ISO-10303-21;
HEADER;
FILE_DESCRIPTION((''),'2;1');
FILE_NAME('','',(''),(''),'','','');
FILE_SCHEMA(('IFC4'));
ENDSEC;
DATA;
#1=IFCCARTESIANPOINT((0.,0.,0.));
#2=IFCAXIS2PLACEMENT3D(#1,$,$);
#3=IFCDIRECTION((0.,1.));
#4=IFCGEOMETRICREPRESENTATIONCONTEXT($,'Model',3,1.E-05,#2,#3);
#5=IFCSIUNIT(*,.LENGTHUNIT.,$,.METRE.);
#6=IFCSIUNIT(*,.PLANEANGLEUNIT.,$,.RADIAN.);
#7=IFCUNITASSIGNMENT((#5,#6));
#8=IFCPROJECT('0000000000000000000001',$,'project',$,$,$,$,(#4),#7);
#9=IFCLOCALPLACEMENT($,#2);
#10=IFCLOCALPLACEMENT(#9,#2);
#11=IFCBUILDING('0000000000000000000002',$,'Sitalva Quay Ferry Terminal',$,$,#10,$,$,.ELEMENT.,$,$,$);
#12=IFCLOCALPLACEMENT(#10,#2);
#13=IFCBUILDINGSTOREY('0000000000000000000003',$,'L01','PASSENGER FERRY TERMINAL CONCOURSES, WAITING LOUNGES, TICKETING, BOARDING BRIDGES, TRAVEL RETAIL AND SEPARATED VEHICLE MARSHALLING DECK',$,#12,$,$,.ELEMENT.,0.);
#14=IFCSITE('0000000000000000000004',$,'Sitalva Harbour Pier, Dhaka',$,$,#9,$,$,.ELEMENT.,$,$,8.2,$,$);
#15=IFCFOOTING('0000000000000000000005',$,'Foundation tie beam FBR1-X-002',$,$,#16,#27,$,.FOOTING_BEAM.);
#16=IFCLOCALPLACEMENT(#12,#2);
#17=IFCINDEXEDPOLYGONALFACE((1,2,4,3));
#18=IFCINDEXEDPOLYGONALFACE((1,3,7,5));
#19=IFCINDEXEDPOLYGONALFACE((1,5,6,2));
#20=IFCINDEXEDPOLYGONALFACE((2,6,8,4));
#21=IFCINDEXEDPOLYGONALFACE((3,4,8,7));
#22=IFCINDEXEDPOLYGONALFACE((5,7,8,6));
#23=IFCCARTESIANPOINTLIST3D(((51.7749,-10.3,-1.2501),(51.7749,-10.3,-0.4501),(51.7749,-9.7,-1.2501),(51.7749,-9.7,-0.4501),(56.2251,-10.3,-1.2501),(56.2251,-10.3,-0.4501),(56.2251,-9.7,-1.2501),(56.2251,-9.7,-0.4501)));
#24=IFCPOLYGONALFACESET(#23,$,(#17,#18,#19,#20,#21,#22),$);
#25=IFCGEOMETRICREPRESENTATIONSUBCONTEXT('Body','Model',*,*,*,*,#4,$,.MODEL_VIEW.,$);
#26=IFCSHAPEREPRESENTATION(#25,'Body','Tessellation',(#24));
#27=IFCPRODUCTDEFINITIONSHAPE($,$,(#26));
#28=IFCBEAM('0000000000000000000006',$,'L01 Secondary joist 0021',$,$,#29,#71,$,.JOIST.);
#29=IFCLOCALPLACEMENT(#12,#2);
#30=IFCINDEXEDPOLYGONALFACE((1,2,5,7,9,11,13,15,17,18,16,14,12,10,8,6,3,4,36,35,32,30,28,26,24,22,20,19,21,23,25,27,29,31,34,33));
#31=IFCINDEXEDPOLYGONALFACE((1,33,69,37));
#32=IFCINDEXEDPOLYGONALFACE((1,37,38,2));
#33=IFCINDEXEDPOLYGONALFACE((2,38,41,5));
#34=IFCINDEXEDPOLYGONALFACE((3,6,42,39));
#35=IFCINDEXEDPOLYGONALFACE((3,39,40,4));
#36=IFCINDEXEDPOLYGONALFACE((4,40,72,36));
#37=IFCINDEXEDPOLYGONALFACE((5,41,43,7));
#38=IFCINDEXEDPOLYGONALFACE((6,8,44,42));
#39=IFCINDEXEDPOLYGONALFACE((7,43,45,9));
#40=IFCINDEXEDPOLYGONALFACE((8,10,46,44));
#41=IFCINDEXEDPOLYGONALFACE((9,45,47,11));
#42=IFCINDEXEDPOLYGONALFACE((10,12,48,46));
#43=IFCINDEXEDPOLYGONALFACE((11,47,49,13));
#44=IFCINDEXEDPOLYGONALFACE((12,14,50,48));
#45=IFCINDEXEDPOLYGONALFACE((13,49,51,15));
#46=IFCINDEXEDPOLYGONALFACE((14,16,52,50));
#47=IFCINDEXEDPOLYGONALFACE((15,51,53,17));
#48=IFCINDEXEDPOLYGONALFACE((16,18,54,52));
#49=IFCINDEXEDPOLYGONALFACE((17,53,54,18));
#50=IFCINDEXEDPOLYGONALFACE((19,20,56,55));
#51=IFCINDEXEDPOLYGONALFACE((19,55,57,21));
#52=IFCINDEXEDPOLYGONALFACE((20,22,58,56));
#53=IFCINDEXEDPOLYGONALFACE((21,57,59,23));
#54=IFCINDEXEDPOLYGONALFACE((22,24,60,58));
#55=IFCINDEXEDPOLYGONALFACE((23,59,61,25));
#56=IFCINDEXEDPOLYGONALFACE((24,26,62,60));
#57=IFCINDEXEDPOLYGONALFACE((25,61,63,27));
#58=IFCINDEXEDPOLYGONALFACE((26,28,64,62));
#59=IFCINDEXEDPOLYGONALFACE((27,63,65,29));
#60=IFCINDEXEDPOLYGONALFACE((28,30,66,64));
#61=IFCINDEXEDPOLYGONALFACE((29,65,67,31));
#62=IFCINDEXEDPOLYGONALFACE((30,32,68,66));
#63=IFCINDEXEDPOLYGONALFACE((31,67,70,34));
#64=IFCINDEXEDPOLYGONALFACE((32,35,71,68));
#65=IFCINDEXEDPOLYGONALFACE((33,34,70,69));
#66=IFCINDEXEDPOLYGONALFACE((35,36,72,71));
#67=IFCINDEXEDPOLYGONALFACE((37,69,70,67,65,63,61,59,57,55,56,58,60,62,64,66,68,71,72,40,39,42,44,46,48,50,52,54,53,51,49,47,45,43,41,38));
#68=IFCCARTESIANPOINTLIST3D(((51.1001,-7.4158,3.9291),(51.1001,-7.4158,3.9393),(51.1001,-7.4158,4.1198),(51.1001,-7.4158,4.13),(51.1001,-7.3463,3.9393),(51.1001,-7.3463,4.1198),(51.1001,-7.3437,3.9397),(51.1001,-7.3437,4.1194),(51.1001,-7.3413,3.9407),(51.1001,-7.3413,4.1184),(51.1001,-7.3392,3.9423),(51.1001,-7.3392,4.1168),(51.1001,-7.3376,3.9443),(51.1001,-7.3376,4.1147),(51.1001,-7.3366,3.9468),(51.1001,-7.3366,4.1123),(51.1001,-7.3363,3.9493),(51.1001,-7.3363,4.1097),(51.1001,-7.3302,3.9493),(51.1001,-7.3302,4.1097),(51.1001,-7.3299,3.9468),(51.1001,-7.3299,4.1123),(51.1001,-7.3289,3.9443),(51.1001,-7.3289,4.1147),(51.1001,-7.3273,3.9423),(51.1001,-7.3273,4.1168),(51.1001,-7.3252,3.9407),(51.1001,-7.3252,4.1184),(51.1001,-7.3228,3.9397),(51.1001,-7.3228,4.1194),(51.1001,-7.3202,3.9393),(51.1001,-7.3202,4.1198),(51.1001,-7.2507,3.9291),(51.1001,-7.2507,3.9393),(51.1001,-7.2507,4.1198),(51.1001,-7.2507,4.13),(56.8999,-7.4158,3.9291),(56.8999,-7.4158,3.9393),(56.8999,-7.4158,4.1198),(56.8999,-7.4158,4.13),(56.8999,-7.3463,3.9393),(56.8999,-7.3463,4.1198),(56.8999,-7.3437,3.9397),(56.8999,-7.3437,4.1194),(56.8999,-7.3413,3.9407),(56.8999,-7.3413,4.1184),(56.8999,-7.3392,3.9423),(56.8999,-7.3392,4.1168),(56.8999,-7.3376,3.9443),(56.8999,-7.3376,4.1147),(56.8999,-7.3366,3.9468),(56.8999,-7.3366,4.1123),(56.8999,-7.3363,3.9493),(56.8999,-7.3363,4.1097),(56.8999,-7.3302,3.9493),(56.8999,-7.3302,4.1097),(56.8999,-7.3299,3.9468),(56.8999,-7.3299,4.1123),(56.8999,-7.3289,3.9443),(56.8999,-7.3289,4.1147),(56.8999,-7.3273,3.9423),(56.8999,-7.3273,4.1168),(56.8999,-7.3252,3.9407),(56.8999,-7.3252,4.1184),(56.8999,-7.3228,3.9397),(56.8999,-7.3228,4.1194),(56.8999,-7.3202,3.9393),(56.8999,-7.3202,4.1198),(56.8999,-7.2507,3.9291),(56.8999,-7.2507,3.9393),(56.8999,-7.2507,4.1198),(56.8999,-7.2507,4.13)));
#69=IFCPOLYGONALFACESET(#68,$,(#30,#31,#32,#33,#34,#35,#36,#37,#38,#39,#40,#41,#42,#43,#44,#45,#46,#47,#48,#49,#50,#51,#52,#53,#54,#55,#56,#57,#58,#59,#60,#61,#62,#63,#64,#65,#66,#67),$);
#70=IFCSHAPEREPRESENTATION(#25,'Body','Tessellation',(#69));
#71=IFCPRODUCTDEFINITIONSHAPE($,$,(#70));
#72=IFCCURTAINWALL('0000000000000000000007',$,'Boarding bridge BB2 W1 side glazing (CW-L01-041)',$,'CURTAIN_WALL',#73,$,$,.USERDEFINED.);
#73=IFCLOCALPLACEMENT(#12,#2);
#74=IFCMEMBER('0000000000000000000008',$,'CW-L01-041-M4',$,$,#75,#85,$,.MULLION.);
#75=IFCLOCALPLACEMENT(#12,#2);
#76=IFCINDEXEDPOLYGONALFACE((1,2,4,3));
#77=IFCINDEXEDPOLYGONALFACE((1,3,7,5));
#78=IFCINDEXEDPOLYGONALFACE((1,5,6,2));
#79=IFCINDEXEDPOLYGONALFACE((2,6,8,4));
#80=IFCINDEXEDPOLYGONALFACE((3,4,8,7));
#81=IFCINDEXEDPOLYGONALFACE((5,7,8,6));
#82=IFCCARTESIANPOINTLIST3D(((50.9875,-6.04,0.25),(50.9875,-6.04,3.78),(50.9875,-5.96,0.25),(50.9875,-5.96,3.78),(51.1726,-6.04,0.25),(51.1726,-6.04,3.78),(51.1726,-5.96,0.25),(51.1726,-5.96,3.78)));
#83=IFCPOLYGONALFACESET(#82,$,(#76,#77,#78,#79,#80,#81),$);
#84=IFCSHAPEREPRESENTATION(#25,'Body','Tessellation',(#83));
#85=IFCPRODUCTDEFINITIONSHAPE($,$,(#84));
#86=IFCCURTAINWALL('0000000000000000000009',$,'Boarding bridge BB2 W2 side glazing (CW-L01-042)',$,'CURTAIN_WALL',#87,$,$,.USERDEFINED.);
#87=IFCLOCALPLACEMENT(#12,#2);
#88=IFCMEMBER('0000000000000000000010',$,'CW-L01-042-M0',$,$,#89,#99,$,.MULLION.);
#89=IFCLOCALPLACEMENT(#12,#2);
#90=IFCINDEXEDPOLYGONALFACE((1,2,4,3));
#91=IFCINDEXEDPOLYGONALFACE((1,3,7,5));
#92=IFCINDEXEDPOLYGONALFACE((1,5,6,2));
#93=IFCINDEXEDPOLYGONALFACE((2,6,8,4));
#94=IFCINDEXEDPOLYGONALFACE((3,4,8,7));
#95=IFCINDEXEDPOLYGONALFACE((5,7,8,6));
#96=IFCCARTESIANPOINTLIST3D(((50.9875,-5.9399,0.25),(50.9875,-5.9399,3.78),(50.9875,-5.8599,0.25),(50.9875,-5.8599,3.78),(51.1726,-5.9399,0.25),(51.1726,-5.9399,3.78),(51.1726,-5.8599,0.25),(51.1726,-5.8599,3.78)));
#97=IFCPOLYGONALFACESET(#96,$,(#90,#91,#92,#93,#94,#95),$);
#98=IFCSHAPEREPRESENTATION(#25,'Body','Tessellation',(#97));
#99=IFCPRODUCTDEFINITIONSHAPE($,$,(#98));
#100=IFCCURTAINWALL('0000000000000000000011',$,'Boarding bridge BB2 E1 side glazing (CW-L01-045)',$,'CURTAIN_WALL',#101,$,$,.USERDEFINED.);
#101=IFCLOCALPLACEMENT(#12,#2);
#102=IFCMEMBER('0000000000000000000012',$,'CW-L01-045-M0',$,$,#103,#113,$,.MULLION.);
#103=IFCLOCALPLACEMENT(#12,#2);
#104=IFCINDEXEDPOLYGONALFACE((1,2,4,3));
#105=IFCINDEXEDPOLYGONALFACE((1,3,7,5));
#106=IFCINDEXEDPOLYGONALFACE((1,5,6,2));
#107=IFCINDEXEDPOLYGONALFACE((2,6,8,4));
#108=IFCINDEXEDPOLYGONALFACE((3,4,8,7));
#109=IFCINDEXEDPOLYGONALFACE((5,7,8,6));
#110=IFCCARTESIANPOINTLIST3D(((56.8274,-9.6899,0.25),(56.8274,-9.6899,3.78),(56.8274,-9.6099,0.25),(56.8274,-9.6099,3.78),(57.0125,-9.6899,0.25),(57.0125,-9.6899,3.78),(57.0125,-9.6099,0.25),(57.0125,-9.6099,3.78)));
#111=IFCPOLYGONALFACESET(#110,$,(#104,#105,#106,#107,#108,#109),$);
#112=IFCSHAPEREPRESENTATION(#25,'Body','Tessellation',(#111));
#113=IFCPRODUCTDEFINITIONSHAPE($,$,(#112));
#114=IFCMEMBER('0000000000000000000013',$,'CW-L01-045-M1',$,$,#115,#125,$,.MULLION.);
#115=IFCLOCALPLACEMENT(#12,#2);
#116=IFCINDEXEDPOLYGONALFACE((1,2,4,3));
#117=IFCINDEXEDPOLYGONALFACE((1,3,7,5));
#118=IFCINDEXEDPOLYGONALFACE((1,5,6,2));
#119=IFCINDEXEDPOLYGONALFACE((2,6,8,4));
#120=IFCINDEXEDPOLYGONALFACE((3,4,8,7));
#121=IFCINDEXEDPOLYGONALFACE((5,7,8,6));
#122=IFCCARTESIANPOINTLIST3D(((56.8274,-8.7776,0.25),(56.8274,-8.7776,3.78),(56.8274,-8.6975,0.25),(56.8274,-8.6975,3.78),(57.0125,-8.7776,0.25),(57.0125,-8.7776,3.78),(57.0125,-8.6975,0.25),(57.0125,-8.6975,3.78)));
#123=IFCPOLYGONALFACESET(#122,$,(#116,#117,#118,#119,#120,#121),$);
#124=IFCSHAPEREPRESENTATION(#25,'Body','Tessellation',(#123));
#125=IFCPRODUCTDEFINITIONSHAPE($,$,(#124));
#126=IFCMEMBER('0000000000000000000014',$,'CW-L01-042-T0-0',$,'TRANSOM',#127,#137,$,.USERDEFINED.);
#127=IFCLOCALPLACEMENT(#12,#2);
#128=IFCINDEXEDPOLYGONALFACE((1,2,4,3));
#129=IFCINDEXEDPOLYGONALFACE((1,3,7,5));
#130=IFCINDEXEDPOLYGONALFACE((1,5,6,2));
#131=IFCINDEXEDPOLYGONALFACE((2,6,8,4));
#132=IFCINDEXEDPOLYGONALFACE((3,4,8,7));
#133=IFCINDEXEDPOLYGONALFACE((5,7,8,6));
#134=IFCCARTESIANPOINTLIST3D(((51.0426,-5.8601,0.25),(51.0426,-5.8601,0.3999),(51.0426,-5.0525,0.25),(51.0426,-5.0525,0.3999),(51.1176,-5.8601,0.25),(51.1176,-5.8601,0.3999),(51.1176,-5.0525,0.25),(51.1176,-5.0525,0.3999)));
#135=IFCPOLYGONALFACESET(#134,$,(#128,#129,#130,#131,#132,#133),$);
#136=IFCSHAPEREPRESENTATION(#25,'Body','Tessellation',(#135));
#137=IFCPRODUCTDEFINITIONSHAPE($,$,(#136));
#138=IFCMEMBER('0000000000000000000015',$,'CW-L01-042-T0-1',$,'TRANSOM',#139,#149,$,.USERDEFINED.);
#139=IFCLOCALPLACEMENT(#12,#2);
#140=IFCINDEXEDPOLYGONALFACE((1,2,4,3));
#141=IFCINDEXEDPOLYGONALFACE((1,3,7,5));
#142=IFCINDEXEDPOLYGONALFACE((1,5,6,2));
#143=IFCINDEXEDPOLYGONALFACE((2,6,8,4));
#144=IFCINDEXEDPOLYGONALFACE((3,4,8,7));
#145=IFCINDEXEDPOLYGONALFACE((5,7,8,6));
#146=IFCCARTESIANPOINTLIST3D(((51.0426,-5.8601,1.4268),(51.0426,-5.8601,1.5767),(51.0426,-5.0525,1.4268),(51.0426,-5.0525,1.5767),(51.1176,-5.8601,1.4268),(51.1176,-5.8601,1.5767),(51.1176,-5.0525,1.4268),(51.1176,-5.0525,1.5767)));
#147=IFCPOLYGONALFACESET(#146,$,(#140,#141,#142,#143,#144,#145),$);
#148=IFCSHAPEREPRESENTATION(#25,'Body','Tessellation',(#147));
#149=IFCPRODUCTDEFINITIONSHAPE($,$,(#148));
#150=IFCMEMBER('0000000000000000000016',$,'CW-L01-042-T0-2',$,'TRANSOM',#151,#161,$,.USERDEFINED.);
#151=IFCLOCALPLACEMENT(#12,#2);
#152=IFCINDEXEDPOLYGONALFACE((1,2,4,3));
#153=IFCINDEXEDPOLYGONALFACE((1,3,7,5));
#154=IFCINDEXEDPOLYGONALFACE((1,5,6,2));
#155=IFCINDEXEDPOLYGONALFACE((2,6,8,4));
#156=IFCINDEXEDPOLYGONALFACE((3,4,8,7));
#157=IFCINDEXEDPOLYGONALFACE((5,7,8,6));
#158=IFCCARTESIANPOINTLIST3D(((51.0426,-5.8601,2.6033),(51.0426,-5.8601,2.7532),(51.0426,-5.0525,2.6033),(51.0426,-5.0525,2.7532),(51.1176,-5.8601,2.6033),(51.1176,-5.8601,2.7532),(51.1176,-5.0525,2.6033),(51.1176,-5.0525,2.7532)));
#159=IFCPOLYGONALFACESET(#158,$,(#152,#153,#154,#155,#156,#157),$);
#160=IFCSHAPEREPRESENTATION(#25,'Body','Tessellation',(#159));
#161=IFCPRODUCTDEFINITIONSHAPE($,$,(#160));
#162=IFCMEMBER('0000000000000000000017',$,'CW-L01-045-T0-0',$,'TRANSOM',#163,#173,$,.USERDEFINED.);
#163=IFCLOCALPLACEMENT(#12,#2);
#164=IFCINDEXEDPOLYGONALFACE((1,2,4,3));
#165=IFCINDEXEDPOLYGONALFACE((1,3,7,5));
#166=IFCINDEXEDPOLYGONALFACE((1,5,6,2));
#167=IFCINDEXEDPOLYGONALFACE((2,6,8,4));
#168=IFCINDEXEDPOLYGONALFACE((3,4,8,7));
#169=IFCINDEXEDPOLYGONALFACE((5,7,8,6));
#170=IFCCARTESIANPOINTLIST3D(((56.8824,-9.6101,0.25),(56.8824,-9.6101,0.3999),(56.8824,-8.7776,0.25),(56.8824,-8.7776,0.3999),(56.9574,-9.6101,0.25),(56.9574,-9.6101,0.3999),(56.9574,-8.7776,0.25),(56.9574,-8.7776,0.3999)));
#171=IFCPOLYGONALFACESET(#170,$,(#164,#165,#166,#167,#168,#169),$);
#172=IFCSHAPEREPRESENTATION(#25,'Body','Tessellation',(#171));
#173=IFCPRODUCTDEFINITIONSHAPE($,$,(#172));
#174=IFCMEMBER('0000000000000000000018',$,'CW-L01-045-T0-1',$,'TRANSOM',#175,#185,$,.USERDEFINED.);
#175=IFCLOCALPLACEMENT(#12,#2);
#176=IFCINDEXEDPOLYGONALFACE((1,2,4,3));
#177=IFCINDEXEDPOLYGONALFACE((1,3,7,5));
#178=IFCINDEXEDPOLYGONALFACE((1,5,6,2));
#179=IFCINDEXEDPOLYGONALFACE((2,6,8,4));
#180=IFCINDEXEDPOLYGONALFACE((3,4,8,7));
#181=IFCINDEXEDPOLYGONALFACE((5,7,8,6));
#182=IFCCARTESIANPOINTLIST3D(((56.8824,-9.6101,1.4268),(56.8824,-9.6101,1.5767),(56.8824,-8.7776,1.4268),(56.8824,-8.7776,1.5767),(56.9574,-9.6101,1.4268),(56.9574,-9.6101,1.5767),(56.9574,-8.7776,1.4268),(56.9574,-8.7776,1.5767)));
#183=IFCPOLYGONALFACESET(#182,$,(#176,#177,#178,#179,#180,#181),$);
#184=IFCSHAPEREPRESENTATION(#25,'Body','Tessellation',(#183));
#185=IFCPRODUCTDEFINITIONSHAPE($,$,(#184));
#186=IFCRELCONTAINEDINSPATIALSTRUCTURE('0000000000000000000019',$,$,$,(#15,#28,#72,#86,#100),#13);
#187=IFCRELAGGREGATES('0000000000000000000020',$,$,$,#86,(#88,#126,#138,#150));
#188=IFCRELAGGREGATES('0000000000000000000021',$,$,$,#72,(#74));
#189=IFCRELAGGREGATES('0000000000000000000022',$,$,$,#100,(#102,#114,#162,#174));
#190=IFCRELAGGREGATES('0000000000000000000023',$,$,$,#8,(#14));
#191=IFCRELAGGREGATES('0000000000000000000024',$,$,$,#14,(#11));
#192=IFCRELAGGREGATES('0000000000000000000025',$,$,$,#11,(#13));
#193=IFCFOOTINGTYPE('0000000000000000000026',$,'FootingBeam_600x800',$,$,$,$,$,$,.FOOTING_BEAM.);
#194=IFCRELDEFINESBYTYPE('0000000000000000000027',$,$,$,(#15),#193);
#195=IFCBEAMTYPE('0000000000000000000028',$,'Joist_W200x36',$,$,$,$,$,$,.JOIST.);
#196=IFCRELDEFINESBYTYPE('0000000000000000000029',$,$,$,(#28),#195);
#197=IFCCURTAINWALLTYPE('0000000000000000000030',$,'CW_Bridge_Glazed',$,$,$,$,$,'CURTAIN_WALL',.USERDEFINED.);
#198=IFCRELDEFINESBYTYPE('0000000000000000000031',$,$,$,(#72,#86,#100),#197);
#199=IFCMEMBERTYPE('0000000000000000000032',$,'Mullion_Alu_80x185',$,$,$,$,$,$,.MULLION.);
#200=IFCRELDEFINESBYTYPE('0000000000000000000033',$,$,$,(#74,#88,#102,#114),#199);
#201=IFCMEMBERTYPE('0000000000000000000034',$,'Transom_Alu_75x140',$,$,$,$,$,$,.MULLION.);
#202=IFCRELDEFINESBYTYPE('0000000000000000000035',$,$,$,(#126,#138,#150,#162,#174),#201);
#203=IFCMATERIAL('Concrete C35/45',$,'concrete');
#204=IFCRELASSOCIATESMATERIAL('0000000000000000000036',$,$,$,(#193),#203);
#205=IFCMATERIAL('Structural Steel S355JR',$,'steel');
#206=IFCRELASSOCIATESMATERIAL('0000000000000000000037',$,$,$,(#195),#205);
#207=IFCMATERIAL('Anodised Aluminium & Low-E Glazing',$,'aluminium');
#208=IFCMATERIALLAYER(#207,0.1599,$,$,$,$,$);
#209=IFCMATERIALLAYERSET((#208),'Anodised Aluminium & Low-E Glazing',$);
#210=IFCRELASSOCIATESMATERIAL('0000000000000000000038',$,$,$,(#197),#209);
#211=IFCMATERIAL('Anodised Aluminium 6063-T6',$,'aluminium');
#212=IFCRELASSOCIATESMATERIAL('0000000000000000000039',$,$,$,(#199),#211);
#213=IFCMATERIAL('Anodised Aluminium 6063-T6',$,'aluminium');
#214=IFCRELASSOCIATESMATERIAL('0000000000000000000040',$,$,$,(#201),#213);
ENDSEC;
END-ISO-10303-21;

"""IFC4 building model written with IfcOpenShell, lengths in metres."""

from ifc_helpers import new_model, si_unit, direction, frame, origin, origin_2d, place, context, subcontext, project, spatial, rectangle, i_section, extrude, material, layer, layer_set, material_profile, profile_set, type_object, element, aggregate, save


model = new_model("IFC4")

# Units and contexts
model_context = context("Model", 3, precision=1e-05, world=origin(), true_north=direction((0.0, 1.0)))
body_context = subcontext(model_context, "Body", "Model", "MODEL_VIEW")
ifc_project = project(units=[si_unit("LENGTHUNIT", "METRE"), si_unit("PLANEANGLEUNIT", "RADIAN")], contexts=[model_context])

# Site, building, storey
site_placement = place(None, origin())
site = spatial("IfcSite", under=ifc_project, at=site_placement, Name="Sitalva Harbour Pier, Dhaka", CompositionType="ELEMENT", RefElevation=8.2)
building_placement = place(site_placement, origin())
building = spatial("IfcBuilding", under=site, at=building_placement, Name="Sitalva Quay Ferry Terminal", CompositionType="ELEMENT")
storey_placement = place(building_placement, origin())
storey = spatial("IfcBuildingStorey", under=building, at=storey_placement, Name="L01", Description="PASSENGER FERRY TERMINAL CONCOURSES, WAITING LOUNGES, TICKETING, BOARDING BRIDGES, TRAVEL RETAIL AND SEPARATED VEHICLE MARSHALLING DECK", CompositionType="ELEMENT", Elevation=0.0)

# Footing
ifc_material_1 = material(Name="Concrete C35/45", Category="concrete")
ifc_material_profile_1 = material_profile(ifc_material_1, rectangle(XDim=0.6001, YDim=0.8, at=origin_2d()), Name="RC600x800")
ifc_profile_set_1 = profile_set([ifc_material_profile_1], Name="Concrete C35/45")
footing_type = type_object("IfcFootingType", Name="FootingBeam_600x800", PredefinedType="FOOTING_BEAM", material=ifc_profile_set_1)
footing_placement = place(storey_placement, frame((51.7749, -10.0, -0.8501), z_axis=(1.0, 0.0, 0.0), x_axis=(0.0, 1.0, 0.0)))
element("IfcFooting", 1, at=footing_placement, inside=storey, type_object=footing_type, Name="Foundation tie beam FBR1-X-002", PredefinedType="FOOTING_BEAM", context=body_context, shape_type="SweptSolid", body=[
    extrude(rectangle(XDim=0.6001, YDim=0.8, at=origin_2d()), origin(), (0.0, 0.0, 1.0), 4.4502),
])

# Beam
ifc_material_2 = material(Name="Structural Steel S355JR", Category="steel")
ifc_material_profile_2 = material_profile(ifc_material_2, i_section(OverallWidth=0.165, OverallDepth=0.2009, WebThickness=0.0061, FlangeThickness=0.0103, FilletRadius=0.01, at=origin_2d()), Name="W200x36")
ifc_profile_set_2 = profile_set([ifc_material_profile_2], Name="Structural Steel S355JR")
beam_type = type_object("IfcBeamType", Name="Joist_W200x36", PredefinedType="JOIST", material=ifc_profile_set_2)
beam_placement = place(storey_placement, frame((51.1001, -7.3333, 4.0295), z_axis=(1.0, 0.0, 0.0), x_axis=(0.0, 1.0, 0.0)))
element("IfcBeam", 2, at=beam_placement, inside=storey, type_object=beam_type, Name="L01 Secondary joist 0021", PredefinedType="JOIST", context=body_context, shape_type="SweptSolid", body=[
    extrude(i_section(OverallWidth=0.165, OverallDepth=0.2009, WebThickness=0.0061, FlangeThickness=0.0103, FilletRadius=0.01, at=origin_2d()), origin(), (0.0, 0.0, 1.0), 5.7998),
])

# Curtain walls, members
ifc_material_3 = material(Name="Anodised Aluminium & Low-E Glazing", Category="aluminium")
ifc_layer_1 = layer(ifc_material_3, 0.1599)
ifc_layer_set_1 = layer_set([ifc_layer_1], Name="Anodised Aluminium & Low-E Glazing")
curtain_wall_type = type_object("IfcCurtainWallType", Name="CW_Bridge_Glazed", ElementType="CURTAIN_WALL", PredefinedType="USERDEFINED", material=ifc_layer_set_1)
curtain_wall_1_placement = place(storey_placement, origin())
curtain_wall_1 = element("IfcCurtainWall", 3, at=curtain_wall_1_placement, inside=storey, type_object=curtain_wall_type, Name="Boarding bridge BB2 W1 side glazing (CW-L01-041)", ObjectType="CURTAIN_WALL", PredefinedType="USERDEFINED")
ifc_material_4 = material(Name="Anodised Aluminium 6063-T6", Category="aluminium")
ifc_material_profile_3 = material_profile(ifc_material_4, rectangle(XDim=0.0801, YDim=0.1851, at=origin_2d()), Name="ALU80x185")
ifc_profile_set_3 = profile_set([ifc_material_profile_3], Name="Anodised Aluminium 6063-T6")
member_type_1 = type_object("IfcMemberType", Name="Mullion_Alu_80x185", PredefinedType="MULLION", material=ifc_profile_set_3)
member_1_placement = place(storey_placement, frame((51.0801, -6.0, 0.25), z_axis=(0.0, 0.0, 1.0), x_axis=(0.0, 1.0, 0.0)))
member_1 = element("IfcMember", 4, at=member_1_placement, type_object=member_type_1, Name="CW-L01-041-M4", PredefinedType="MULLION", context=body_context, shape_type="SweptSolid", body=[
    extrude(rectangle(XDim=0.0801, YDim=0.1851, at=origin_2d()), origin(), (0.0, 0.0, 1.0), 3.53),
])
curtain_wall_2_placement = place(storey_placement, origin())
curtain_wall_2 = element("IfcCurtainWall", 5, at=curtain_wall_2_placement, inside=storey, type_object=curtain_wall_type, Name="Boarding bridge BB2 W2 side glazing (CW-L01-042)", ObjectType="CURTAIN_WALL", PredefinedType="USERDEFINED")
member_2_placement = place(storey_placement, frame((51.0801, -5.8999, 0.25), z_axis=(0.0, 0.0, 1.0), x_axis=(0.0, 1.0, 0.0)))
member_2 = element("IfcMember", 6, at=member_2_placement, type_object=member_type_1, Name="CW-L01-042-M0", PredefinedType="MULLION", context=body_context, shape_type="SweptSolid", body=[
    extrude(rectangle(XDim=0.0801, YDim=0.1851, at=origin_2d()), origin(), (0.0, 0.0, 1.0), 3.53),
])

# Curtain wall, members
curtain_wall_3_placement = place(storey_placement, origin())
curtain_wall_3 = element("IfcCurtainWall", 7, at=curtain_wall_3_placement, inside=storey, type_object=curtain_wall_type, Name="Boarding bridge BB2 E1 side glazing (CW-L01-045)", ObjectType="CURTAIN_WALL", PredefinedType="USERDEFINED")
member_3_placement = place(storey_placement, frame((56.9199, -9.6499, 0.25), z_axis=(0.0, 0.0, 1.0), x_axis=(0.0, 1.0, 0.0)))
member_3 = element("IfcMember", 8, at=member_3_placement, type_object=member_type_1, Name="CW-L01-045-M0", PredefinedType="MULLION", context=body_context, shape_type="SweptSolid", body=[
    extrude(rectangle(XDim=0.0801, YDim=0.1851, at=origin_2d()), origin(), (0.0, 0.0, 1.0), 3.53),
])
member_4_placement = place(storey_placement, frame((56.9199, -8.7375, 0.25), z_axis=(0.0, 0.0, 1.0), x_axis=(0.0, 1.0, 0.0)))
member_4 = element("IfcMember", 9, at=member_4_placement, type_object=member_type_1, Name="CW-L01-045-M1", PredefinedType="MULLION", context=body_context, shape_type="SweptSolid", body=[
    extrude(rectangle(XDim=0.0801, YDim=0.1851, at=origin_2d()), origin(), (0.0, 0.0, 1.0), 3.53),
])

# Members
ifc_material_5 = material(Name="Anodised Aluminium 6063-T6", Category="aluminium")
ifc_material_profile_4 = material_profile(ifc_material_5, rectangle(XDim=0.075, YDim=0.1499, at=origin_2d()), Name="ALU75x150")
ifc_profile_set_4 = profile_set([ifc_material_profile_4], Name="Anodised Aluminium 6063-T6")
member_type_2 = type_object("IfcMemberType", Name="Transom_Alu_75x140", PredefinedType="MULLION", material=ifc_profile_set_4)
member_5_placement = place(storey_placement, frame((51.0801, -5.8601, 0.325), z_axis=(0.0, 1.0, 0.0), x_axis=(-1.0, 0.0, 0.0)))
member_5 = element("IfcMember", 10, at=member_5_placement, type_object=member_type_2, Name="CW-L01-042-T0-0", ObjectType="TRANSOM", PredefinedType="USERDEFINED", context=body_context, shape_type="SweptSolid", body=[
    extrude(rectangle(XDim=0.075, YDim=0.1499, at=origin_2d()), origin(), (0.0, 0.0, 1.0), 0.8076),
])
member_6_placement = place(storey_placement, frame((51.0801, -5.8601, 1.5017), z_axis=(0.0, 1.0, 0.0), x_axis=(-1.0, 0.0, 0.0)))
member_6 = element("IfcMember", 11, at=member_6_placement, type_object=member_type_2, Name="CW-L01-042-T0-1", ObjectType="TRANSOM", PredefinedType="USERDEFINED", context=body_context, shape_type="SweptSolid", body=[
    extrude(rectangle(XDim=0.075, YDim=0.1499, at=origin_2d()), origin(), (0.0, 0.0, 1.0), 0.8076),
])
member_7_placement = place(storey_placement, frame((51.0801, -5.8601, 2.6782), z_axis=(0.0, 1.0, 0.0), x_axis=(-1.0, 0.0, 0.0)))
member_7 = element("IfcMember", 12, at=member_7_placement, type_object=member_type_2, Name="CW-L01-042-T0-2", ObjectType="TRANSOM", PredefinedType="USERDEFINED", context=body_context, shape_type="SweptSolid", body=[
    extrude(rectangle(XDim=0.075, YDim=0.1499, at=origin_2d()), origin(), (0.0, 0.0, 1.0), 0.8076),
])
aggregate(curtain_wall_2, [member_2, member_5, member_6, member_7])
member_8_placement = place(storey_placement, frame((56.9199, -9.6101, 0.325), z_axis=(0.0, 1.0, 0.0), x_axis=(-1.0, 0.0, 0.0)))
member_8 = element("IfcMember", 13, at=member_8_placement, type_object=member_type_2, Name="CW-L01-045-T0-0", ObjectType="TRANSOM", PredefinedType="USERDEFINED", context=body_context, shape_type="SweptSolid", body=[
    extrude(rectangle(XDim=0.075, YDim=0.1499, at=origin_2d()), origin(), (0.0, 0.0, 1.0), 0.8325),
])
member_9_placement = place(storey_placement, frame((56.9199, -9.6101, 1.5017), z_axis=(0.0, 1.0, 0.0), x_axis=(-1.0, 0.0, 0.0)))
member_9 = element("IfcMember", 14, at=member_9_placement, type_object=member_type_2, Name="CW-L01-045-T0-1", ObjectType="TRANSOM", PredefinedType="USERDEFINED", context=body_context, shape_type="SweptSolid", body=[
    extrude(rectangle(XDim=0.075, YDim=0.1499, at=origin_2d()), origin(), (0.0, 0.0, 1.0), 0.8325),
])

aggregate(curtain_wall_1, [member_1])
aggregate(curtain_wall_3, [member_3, member_4, member_8, member_9])

save(model, "model.ifc")
